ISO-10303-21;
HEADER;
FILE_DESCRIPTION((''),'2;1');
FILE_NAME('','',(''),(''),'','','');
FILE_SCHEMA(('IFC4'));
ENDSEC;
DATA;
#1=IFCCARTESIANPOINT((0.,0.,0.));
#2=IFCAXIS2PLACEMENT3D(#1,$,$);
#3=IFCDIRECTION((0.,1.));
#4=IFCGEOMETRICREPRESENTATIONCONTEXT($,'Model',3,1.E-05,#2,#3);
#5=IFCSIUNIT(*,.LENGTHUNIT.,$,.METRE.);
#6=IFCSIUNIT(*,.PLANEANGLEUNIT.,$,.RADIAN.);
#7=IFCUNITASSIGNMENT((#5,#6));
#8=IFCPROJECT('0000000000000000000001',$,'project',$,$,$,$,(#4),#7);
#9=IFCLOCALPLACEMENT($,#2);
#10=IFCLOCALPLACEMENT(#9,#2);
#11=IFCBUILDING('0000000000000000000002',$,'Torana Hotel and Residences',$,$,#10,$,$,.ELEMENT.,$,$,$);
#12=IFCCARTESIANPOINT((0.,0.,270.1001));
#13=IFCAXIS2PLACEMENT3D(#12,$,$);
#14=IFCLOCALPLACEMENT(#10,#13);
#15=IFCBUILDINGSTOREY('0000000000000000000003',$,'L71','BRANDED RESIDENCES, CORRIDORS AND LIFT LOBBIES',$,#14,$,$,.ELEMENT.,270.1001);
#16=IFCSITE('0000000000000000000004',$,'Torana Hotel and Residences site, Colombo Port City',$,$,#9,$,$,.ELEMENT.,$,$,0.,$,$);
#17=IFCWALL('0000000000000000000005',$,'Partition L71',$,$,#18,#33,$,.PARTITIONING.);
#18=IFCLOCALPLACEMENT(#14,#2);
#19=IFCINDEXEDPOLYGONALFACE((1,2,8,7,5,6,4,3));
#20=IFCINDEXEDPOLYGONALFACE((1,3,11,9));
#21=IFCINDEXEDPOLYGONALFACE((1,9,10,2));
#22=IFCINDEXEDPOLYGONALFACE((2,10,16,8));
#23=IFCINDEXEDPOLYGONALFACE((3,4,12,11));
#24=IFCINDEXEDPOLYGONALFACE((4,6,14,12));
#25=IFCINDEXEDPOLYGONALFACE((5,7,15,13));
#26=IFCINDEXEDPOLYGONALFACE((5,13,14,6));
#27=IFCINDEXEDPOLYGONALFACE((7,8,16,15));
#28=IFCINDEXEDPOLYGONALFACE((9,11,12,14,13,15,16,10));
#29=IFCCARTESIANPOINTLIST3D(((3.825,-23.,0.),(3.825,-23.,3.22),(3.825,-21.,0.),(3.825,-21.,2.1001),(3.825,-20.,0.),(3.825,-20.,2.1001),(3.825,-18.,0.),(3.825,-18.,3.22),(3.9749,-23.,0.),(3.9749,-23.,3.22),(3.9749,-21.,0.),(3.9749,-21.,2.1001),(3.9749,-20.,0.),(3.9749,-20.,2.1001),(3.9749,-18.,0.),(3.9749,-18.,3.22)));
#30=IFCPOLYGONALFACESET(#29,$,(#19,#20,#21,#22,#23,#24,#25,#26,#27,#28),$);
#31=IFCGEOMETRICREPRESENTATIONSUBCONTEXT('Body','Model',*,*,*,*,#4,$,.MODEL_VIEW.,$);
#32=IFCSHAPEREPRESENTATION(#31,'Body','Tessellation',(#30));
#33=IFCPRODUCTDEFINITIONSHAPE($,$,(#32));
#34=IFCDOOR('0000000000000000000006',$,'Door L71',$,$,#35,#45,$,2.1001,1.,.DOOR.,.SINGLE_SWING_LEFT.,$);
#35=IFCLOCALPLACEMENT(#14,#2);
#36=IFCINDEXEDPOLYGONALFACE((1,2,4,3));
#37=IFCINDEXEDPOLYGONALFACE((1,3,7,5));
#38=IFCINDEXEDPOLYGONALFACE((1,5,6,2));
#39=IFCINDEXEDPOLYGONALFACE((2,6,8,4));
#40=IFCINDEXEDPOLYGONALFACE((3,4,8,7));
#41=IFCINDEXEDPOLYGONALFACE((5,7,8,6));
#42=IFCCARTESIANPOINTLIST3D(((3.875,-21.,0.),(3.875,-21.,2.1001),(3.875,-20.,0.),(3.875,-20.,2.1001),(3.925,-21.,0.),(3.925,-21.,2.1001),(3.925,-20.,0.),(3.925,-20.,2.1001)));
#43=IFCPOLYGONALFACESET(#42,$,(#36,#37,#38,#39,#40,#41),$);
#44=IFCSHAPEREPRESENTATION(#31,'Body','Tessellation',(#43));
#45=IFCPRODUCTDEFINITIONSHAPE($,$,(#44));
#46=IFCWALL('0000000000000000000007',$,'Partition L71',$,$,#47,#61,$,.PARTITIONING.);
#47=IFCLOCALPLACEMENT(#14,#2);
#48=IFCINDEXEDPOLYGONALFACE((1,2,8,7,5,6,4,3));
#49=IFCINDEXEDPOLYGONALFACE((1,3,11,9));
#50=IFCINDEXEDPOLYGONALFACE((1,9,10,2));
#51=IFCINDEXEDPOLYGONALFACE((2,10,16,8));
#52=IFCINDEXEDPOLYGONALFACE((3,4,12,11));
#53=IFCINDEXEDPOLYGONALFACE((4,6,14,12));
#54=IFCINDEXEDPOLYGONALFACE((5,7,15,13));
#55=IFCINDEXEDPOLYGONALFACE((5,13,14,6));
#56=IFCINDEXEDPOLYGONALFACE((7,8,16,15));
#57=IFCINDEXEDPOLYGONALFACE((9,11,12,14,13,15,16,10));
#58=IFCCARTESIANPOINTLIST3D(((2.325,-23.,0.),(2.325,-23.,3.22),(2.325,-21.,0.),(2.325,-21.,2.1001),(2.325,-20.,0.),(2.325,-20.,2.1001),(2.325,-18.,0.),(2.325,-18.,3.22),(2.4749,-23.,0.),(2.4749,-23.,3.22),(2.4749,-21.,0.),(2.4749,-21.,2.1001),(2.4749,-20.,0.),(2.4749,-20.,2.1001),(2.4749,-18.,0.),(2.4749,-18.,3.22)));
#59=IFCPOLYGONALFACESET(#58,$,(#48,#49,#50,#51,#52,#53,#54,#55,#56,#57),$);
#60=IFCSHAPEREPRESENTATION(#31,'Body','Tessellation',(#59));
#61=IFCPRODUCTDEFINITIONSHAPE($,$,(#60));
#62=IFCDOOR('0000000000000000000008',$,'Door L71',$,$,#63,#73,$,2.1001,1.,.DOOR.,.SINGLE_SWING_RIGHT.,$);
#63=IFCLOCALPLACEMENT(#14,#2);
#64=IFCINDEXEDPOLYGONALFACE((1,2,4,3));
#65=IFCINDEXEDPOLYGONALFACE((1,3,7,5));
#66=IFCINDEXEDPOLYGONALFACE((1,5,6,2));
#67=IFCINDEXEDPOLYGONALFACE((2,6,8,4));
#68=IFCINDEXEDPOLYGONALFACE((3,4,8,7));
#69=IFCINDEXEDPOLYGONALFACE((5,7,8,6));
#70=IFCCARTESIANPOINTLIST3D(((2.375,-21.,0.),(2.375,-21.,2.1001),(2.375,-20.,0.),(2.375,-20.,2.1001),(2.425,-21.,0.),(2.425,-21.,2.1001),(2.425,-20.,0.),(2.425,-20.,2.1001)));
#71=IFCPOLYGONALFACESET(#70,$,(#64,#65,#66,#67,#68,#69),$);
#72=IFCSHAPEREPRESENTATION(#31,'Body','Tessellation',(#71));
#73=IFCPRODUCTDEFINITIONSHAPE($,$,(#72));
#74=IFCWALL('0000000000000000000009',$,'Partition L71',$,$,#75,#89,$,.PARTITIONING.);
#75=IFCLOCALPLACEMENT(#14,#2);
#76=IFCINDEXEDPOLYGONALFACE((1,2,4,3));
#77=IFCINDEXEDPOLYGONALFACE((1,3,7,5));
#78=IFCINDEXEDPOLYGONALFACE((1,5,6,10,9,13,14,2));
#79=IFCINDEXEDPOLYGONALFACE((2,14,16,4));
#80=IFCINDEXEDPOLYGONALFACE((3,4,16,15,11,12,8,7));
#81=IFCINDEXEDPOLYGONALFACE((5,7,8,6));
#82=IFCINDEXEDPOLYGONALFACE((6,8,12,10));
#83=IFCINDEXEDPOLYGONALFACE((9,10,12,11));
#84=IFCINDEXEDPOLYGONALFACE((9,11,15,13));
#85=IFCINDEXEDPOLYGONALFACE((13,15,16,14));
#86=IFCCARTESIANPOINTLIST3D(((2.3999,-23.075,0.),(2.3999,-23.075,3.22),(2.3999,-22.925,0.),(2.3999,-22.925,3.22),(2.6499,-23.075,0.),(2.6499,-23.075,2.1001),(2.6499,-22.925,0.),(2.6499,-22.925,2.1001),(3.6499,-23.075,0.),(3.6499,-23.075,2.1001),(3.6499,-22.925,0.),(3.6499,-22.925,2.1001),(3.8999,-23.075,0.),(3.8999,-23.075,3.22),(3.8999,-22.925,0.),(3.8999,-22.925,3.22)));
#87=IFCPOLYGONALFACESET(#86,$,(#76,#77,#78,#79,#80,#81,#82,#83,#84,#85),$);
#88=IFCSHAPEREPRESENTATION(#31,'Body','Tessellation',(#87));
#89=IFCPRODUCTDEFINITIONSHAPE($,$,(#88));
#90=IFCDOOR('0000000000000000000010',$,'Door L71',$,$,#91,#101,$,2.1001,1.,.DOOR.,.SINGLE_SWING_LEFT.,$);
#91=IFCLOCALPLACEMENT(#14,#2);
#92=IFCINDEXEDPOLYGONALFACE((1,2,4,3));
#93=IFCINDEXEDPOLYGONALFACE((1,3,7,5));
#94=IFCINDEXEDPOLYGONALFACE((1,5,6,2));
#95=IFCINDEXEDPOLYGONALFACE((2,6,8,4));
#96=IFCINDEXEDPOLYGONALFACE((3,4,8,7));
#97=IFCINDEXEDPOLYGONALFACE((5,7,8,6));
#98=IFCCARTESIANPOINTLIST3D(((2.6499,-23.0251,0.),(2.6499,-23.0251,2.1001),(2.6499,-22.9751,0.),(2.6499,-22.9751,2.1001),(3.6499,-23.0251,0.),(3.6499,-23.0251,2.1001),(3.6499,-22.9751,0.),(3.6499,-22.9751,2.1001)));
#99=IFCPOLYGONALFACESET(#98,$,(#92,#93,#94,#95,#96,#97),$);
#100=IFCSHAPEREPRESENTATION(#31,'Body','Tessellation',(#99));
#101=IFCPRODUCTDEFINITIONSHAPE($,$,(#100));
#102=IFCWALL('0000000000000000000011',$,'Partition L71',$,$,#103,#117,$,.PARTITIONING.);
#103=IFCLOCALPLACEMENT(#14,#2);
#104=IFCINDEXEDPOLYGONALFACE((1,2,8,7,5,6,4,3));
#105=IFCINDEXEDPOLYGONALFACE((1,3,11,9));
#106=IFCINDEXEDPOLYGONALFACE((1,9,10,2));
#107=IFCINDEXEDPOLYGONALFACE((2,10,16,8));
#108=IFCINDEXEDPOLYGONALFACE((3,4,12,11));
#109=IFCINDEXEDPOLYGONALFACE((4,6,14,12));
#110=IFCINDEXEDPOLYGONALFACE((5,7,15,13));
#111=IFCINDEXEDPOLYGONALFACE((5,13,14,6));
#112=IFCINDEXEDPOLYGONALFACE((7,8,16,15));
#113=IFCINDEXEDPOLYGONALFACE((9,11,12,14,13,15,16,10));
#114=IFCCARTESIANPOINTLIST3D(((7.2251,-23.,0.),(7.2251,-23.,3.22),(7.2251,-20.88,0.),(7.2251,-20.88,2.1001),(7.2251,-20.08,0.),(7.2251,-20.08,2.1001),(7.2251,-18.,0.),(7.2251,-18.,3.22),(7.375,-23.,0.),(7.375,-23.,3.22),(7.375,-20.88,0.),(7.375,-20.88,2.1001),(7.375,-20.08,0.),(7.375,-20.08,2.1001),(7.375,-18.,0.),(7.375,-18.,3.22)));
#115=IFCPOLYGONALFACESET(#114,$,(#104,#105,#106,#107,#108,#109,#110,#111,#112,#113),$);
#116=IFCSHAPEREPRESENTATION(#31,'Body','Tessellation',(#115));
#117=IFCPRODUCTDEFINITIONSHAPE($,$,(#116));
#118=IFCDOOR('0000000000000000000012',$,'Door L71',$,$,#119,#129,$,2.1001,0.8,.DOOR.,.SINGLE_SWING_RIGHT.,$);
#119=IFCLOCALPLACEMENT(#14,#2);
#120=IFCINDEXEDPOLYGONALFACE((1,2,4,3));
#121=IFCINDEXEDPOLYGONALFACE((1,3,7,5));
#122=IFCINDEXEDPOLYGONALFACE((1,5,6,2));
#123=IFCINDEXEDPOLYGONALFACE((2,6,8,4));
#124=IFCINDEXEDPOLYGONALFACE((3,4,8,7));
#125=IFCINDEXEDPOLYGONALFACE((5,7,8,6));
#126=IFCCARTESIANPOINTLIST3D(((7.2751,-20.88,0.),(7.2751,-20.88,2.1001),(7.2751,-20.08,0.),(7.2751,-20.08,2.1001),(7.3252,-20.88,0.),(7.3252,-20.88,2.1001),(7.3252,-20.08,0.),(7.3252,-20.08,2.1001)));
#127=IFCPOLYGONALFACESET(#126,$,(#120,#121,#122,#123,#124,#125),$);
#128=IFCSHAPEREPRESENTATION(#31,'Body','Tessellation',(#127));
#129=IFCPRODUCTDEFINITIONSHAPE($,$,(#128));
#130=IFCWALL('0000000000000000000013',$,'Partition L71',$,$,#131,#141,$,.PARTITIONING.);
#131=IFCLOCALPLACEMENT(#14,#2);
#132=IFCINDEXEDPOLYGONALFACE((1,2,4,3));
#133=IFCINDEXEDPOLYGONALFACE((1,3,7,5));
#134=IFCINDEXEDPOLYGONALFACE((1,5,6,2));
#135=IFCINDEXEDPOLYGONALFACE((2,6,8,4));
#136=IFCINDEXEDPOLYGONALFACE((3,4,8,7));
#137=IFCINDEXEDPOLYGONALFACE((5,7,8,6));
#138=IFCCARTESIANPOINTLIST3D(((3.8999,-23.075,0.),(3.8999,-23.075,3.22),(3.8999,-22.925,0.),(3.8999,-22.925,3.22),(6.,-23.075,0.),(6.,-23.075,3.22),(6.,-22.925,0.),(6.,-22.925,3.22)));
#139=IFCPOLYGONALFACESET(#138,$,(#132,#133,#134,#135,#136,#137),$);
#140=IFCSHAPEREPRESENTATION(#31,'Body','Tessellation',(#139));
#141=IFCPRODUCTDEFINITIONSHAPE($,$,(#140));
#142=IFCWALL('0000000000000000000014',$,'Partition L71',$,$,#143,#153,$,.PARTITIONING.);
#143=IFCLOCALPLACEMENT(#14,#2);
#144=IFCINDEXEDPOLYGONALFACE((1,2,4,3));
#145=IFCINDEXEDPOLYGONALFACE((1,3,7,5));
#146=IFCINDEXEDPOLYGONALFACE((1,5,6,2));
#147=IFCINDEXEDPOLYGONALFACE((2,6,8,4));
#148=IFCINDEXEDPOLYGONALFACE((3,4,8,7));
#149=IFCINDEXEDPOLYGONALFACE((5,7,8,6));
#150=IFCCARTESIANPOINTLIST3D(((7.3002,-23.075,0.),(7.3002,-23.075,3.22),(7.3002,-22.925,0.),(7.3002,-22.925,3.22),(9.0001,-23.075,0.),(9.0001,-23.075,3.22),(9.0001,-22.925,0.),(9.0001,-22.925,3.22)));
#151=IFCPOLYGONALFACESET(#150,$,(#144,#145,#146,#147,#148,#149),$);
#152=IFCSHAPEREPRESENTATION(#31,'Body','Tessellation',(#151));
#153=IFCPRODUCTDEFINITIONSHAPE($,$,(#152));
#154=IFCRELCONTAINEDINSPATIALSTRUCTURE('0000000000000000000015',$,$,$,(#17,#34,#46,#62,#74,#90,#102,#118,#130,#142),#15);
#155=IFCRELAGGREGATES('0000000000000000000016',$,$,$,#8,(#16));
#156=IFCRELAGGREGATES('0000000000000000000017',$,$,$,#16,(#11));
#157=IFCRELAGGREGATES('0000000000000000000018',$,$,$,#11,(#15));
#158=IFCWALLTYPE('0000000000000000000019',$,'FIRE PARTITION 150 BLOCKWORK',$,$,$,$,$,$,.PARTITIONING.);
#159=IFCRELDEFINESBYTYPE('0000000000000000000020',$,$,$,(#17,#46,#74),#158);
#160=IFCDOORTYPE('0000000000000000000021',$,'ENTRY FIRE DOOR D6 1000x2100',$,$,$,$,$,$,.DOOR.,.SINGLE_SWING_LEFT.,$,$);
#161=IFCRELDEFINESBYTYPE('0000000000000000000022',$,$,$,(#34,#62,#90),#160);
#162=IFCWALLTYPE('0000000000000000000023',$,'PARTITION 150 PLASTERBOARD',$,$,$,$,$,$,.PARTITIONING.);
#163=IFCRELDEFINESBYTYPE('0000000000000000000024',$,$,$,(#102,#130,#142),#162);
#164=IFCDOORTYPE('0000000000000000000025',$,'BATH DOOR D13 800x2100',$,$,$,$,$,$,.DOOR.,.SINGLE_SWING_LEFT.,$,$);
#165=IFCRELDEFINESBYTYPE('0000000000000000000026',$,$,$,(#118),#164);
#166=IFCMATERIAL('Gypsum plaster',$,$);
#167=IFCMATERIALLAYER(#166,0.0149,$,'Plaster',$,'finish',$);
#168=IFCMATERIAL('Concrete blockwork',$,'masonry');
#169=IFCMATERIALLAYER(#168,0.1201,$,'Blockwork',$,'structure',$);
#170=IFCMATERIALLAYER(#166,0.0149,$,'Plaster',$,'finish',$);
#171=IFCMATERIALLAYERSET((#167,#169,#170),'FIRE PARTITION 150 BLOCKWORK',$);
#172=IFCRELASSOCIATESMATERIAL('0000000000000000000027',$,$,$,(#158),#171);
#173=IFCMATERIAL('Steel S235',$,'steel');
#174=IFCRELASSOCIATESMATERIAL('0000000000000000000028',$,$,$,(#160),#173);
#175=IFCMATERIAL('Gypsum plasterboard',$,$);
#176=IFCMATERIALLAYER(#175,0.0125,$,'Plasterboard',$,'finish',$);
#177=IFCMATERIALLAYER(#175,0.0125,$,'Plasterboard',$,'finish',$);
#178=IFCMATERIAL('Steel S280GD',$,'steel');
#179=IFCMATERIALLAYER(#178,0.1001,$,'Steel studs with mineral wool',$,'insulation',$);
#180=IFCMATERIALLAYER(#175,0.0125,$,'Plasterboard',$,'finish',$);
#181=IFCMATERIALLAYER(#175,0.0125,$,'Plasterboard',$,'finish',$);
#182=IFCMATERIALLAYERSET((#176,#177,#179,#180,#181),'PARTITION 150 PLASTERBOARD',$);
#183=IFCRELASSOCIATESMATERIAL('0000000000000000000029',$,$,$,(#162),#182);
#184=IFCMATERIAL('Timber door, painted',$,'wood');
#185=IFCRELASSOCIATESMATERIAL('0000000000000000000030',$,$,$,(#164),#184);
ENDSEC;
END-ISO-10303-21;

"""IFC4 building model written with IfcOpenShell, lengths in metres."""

from ifc_helpers import new_model, si_unit, direction, frame, frame_2d, origin, place, context, subcontext, project, spatial, rectangle, extrude, material, layer, layer_set, type_object, element, fill, save


model = new_model("IFC4")

# Units and contexts
model_context = context("Model", 3, precision=1e-05, world=origin(), true_north=direction((0.0, 1.0)))
body_context = subcontext(model_context, "Body", "Model", "MODEL_VIEW")
ifc_project = project(units=[si_unit("LENGTHUNIT", "METRE"), si_unit("PLANEANGLEUNIT", "RADIAN")], contexts=[model_context])

# Site, building, storey
site_placement = place(None, origin())
site = spatial("IfcSite", under=ifc_project, at=site_placement, Name="Torana Hotel and Residences site, Colombo Port City", CompositionType="ELEMENT", RefElevation=0.0)
building_placement = place(site_placement, origin())
building = spatial("IfcBuilding", under=site, at=building_placement, Name="Torana Hotel and Residences", CompositionType="ELEMENT")
storey_placement = place(building_placement, frame((0.0, 0.0, 270.1001)))
storey = spatial("IfcBuildingStorey", under=building, at=storey_placement, Name="L71", Description="BRANDED RESIDENCES, CORRIDORS AND LIFT LOBBIES", CompositionType="ELEMENT", Elevation=270.1001)

# Walls, openings, doors
ifc_material_1 = material(Name="Gypsum plaster")
ifc_layer_1 = layer(ifc_material_1, 0.0149, Name="Plaster", Category="finish")
ifc_material_2 = material(Name="Concrete blockwork", Category="masonry")
ifc_layer_2 = layer(ifc_material_2, 0.1201, Name="Blockwork", Category="structure")
ifc_layer_3 = layer(ifc_material_1, 0.0149, Name="Plaster", Category="finish")
ifc_layer_set_1 = layer_set([ifc_layer_1, ifc_layer_2, ifc_layer_3], Name="FIRE PARTITION 150 BLOCKWORK")
wall_type_1 = type_object("IfcWallType", Name="FIRE PARTITION 150 BLOCKWORK", PredefinedType="PARTITIONING", material=ifc_layer_set_1)
wall_1_placement = place(storey_placement, frame((3.8999, -23.0, 0.0), z_axis=(0.0, 0.0, 1.0), x_axis=(0.0, 1.0, 0.0)))
wall_1 = element("IfcWall", 1, at=wall_1_placement, inside=storey, type_object=wall_type_1, Name="Partition L71", PredefinedType="PARTITIONING", context=body_context, shape_type="SweptSolid", body=[
    extrude(rectangle(XDim=5.0, YDim=0.1499, at=frame_2d((2.5, 0.0))), origin(), (0.0, 0.0, 1.0), 3.22),
])
opening_1_placement = place(wall_1_placement, frame((2.0, 0.0, 0.0)))
opening_1 = element("IfcOpeningElement", 2, at=opening_1_placement, cuts=wall_1, PredefinedType="OPENING", context=body_context, shape_type="SweptSolid", body=[
    extrude(rectangle(XDim=1.0, YDim=2.1001, at=frame_2d((0.5, 1.05))), frame((0.0, 0.085, 0.0), z_axis=(0.0, -1.0, 0.0), x_axis=(1.0, 0.0, 0.0)), (0.0, 0.0, 1.0), 0.1699),
])
ifc_material_3 = material(Name="Steel S235", Category="steel")
door_type_1 = type_object("IfcDoorType", Name="ENTRY FIRE DOOR D6 1000x2100", OperationType="SINGLE_SWING_LEFT", PredefinedType="DOOR", material=ifc_material_3)
door_1_placement = place(opening_1_placement, frame((0.5, 0.0, 0.0), z_axis=(0.0, 0.0, 1.0), x_axis=(-1.0, 0.0, 0.0)))
door_1 = element("IfcDoor", 3, at=door_1_placement, inside=storey, type_object=door_type_1, Name="Door L71", OperationType="SINGLE_SWING_LEFT", OverallHeight=2.1001, OverallWidth=1.0, PredefinedType="DOOR", context=body_context, shape_type="SweptSolid", body=[
    extrude(rectangle(XDim=1.0, YDim=2.1001, at=frame_2d((0.0, 1.05))), frame((0.0, -0.0249, 0.0), z_axis=(0.0, 1.0, 0.0), x_axis=(-1.0, 0.0, 0.0)), (0.0, 0.0, 1.0), 0.05),
])
fill(opening_1, door_1)
wall_2_placement = place(storey_placement, frame((2.3999, -23.0, 0.0), z_axis=(0.0, 0.0, 1.0), x_axis=(0.0, 1.0, 0.0)))
wall_2 = element("IfcWall", 4, at=wall_2_placement, inside=storey, type_object=wall_type_1, Name="Partition L71", PredefinedType="PARTITIONING", context=body_context, shape_type="SweptSolid", body=[
    extrude(rectangle(XDim=5.0, YDim=0.1499, at=frame_2d((2.5, 0.0))), origin(), (0.0, 0.0, 1.0), 3.22),
])
opening_2_placement = place(wall_2_placement, frame((2.0, 0.0, 0.0)))
opening_2 = element("IfcOpeningElement", 5, at=opening_2_placement, cuts=wall_2, PredefinedType="OPENING", context=body_context, shape_type="SweptSolid", body=[
    extrude(rectangle(XDim=1.0, YDim=2.1001, at=frame_2d((0.5, 1.05))), frame((0.0, 0.085, 0.0), z_axis=(0.0, -1.0, 0.0), x_axis=(1.0, 0.0, 0.0)), (0.0, 0.0, 1.0), 0.1699),
])
door_2_placement = place(opening_2_placement, origin())
door_2 = element("IfcDoor", 6, at=door_2_placement, inside=storey, type_object=door_type_1, Name="Door L71", OperationType="SINGLE_SWING_RIGHT", OverallHeight=2.1001, OverallWidth=1.0, PredefinedType="DOOR", context=body_context, shape_type="SweptSolid", body=[
    extrude(rectangle(XDim=1.0, YDim=2.1001, at=frame_2d((0.5, 1.05))), frame((0.0, 0.0249, 0.0), z_axis=(0.0, -1.0, 0.0), x_axis=(1.0, 0.0, 0.0)), (0.0, 0.0, 1.0), 0.05),
])
fill(opening_2, door_2)
wall_3_placement = place(storey_placement, frame((2.3999, -23.0, 0.0), z_axis=(0.0, 0.0, 1.0), x_axis=(1.0, 0.0, 0.0)))
wall_3 = element("IfcWall", 7, at=wall_3_placement, inside=storey, type_object=wall_type_1, Name="Partition L71", PredefinedType="PARTITIONING", context=body_context, shape_type="SweptSolid", body=[
    extrude(rectangle(XDim=1.5, YDim=0.1499, at=frame_2d((0.75, 0.0))), origin(), (0.0, 0.0, 1.0), 3.22),
])
opening_3_placement = place(wall_3_placement, frame((0.25, 0.0, 0.0)))
opening_3 = element("IfcOpeningElement", 8, at=opening_3_placement, cuts=wall_3, PredefinedType="OPENING", context=body_context, shape_type="SweptSolid", body=[
    extrude(rectangle(XDim=1.0, YDim=2.1001, at=frame_2d((0.5, 1.05))), frame((0.0, 0.085, 0.0), z_axis=(0.0, -1.0, 0.0), x_axis=(1.0, 0.0, 0.0)), (0.0, 0.0, 1.0), 0.1699),
])
door_3_placement = place(opening_3_placement, frame((0.5, 0.0, 0.0), z_axis=(0.0, 0.0, 1.0), x_axis=(-1.0, 0.0, 0.0)))
door_3 = element("IfcDoor", 9, at=door_3_placement, inside=storey, type_object=door_type_1, Name="Door L71", OperationType="SINGLE_SWING_LEFT", OverallHeight=2.1001, OverallWidth=1.0, PredefinedType="DOOR", context=body_context, shape_type="SweptSolid", body=[
    extrude(rectangle(XDim=1.0, YDim=2.1001, at=frame_2d((0.0, 1.05))), frame((0.0, -0.0249, 0.0), z_axis=(0.0, 1.0, 0.0), x_axis=(-1.0, 0.0, 0.0)), (0.0, 0.0, 1.0), 0.05),
])
fill(opening_3, door_3)
ifc_material_4 = material(Name="Gypsum plasterboard")
ifc_layer_4 = layer(ifc_material_4, 0.0125, Name="Plasterboard", Category="finish")
ifc_layer_5 = layer(ifc_material_4, 0.0125, Name="Plasterboard", Category="finish")
ifc_material_5 = material(Name="Steel S280GD", Category="steel")
ifc_layer_6 = layer(ifc_material_5, 0.1001, Name="Steel studs with mineral wool", Category="insulation")
ifc_layer_7 = layer(ifc_material_4, 0.0125, Name="Plasterboard", Category="finish")
ifc_layer_8 = layer(ifc_material_4, 0.0125, Name="Plasterboard", Category="finish")
ifc_layer_set_2 = layer_set([ifc_layer_4, ifc_layer_5, ifc_layer_6, ifc_layer_7, ifc_layer_8], Name="PARTITION 150 PLASTERBOARD")
wall_type_2 = type_object("IfcWallType", Name="PARTITION 150 PLASTERBOARD", PredefinedType="PARTITIONING", material=ifc_layer_set_2)
wall_4_placement = place(storey_placement, frame((7.3, -23.0, 0.0), z_axis=(0.0, 0.0, 1.0), x_axis=(0.0, 1.0, 0.0)))
wall_4 = element("IfcWall", 10, at=wall_4_placement, inside=storey, type_object=wall_type_2, Name="Partition L71", PredefinedType="PARTITIONING", context=body_context, shape_type="SweptSolid", body=[
    extrude(rectangle(XDim=5.0, YDim=0.1499, at=frame_2d((2.5, 0.0))), origin(), (0.0, 0.0, 1.0), 3.22),
])
opening_4_placement = place(wall_4_placement, frame((2.1201, 0.0, 0.0)))
opening_4 = element("IfcOpeningElement", 11, at=opening_4_placement, cuts=wall_4, PredefinedType="OPENING", context=body_context, shape_type="SweptSolid", body=[
    extrude(rectangle(XDim=0.8, YDim=2.1001, at=frame_2d((0.3999, 1.05))), frame((0.0, 0.085, 0.0), z_axis=(0.0, -1.0, 0.0), x_axis=(1.0, 0.0, 0.0)), (0.0, 0.0, 1.0), 0.1699),
])
ifc_material_6 = material(Name="Timber door, painted", Category="wood")
door_type_2 = type_object("IfcDoorType", Name="BATH DOOR D13 800x2100", OperationType="SINGLE_SWING_LEFT", PredefinedType="DOOR", material=ifc_material_6)
door_4_placement = place(opening_4_placement, origin())
door_4 = element("IfcDoor", 12, at=door_4_placement, inside=storey, type_object=door_type_2, Name="Door L71", OperationType="SINGLE_SWING_RIGHT", OverallHeight=2.1001, OverallWidth=0.8, PredefinedType="DOOR", context=body_context, shape_type="SweptSolid", body=[
    extrude(rectangle(XDim=0.8, YDim=2.1001, at=frame_2d((0.3999, 1.05))), frame((0.0, 0.0249, 0.0), z_axis=(0.0, -1.0, 0.0), x_axis=(1.0, 0.0, 0.0)), (0.0, 0.0, 1.0), 0.05),
])
fill(opening_4, door_4)

# Walls
wall_5_placement = place(storey_placement, frame((3.8999, -23.0, 0.0), z_axis=(0.0, 0.0, 1.0), x_axis=(1.0, 0.0, 0.0)))
element("IfcWall", 13, at=wall_5_placement, inside=storey, type_object=wall_type_2, Name="Partition L71", PredefinedType="PARTITIONING", context=body_context, shape_type="SweptSolid", body=[
    extrude(rectangle(XDim=2.1001, YDim=0.1499, at=frame_2d((1.05, 0.0))), origin(), (0.0, 0.0, 1.0), 3.22),
])
wall_6_placement = place(storey_placement, frame((7.3, -23.0, 0.0), z_axis=(0.0, 0.0, 1.0), x_axis=(1.0, 0.0, 0.0)))
element("IfcWall", 14, at=wall_6_placement, inside=storey, type_object=wall_type_2, Name="Partition L71", PredefinedType="PARTITIONING", context=body_context, shape_type="SweptSolid", body=[
    extrude(rectangle(XDim=1.7, YDim=0.1499, at=frame_2d((0.8501, 0.0))), origin(), (0.0, 0.0, 1.0), 3.22),
])

save(model, "model.ifc")
